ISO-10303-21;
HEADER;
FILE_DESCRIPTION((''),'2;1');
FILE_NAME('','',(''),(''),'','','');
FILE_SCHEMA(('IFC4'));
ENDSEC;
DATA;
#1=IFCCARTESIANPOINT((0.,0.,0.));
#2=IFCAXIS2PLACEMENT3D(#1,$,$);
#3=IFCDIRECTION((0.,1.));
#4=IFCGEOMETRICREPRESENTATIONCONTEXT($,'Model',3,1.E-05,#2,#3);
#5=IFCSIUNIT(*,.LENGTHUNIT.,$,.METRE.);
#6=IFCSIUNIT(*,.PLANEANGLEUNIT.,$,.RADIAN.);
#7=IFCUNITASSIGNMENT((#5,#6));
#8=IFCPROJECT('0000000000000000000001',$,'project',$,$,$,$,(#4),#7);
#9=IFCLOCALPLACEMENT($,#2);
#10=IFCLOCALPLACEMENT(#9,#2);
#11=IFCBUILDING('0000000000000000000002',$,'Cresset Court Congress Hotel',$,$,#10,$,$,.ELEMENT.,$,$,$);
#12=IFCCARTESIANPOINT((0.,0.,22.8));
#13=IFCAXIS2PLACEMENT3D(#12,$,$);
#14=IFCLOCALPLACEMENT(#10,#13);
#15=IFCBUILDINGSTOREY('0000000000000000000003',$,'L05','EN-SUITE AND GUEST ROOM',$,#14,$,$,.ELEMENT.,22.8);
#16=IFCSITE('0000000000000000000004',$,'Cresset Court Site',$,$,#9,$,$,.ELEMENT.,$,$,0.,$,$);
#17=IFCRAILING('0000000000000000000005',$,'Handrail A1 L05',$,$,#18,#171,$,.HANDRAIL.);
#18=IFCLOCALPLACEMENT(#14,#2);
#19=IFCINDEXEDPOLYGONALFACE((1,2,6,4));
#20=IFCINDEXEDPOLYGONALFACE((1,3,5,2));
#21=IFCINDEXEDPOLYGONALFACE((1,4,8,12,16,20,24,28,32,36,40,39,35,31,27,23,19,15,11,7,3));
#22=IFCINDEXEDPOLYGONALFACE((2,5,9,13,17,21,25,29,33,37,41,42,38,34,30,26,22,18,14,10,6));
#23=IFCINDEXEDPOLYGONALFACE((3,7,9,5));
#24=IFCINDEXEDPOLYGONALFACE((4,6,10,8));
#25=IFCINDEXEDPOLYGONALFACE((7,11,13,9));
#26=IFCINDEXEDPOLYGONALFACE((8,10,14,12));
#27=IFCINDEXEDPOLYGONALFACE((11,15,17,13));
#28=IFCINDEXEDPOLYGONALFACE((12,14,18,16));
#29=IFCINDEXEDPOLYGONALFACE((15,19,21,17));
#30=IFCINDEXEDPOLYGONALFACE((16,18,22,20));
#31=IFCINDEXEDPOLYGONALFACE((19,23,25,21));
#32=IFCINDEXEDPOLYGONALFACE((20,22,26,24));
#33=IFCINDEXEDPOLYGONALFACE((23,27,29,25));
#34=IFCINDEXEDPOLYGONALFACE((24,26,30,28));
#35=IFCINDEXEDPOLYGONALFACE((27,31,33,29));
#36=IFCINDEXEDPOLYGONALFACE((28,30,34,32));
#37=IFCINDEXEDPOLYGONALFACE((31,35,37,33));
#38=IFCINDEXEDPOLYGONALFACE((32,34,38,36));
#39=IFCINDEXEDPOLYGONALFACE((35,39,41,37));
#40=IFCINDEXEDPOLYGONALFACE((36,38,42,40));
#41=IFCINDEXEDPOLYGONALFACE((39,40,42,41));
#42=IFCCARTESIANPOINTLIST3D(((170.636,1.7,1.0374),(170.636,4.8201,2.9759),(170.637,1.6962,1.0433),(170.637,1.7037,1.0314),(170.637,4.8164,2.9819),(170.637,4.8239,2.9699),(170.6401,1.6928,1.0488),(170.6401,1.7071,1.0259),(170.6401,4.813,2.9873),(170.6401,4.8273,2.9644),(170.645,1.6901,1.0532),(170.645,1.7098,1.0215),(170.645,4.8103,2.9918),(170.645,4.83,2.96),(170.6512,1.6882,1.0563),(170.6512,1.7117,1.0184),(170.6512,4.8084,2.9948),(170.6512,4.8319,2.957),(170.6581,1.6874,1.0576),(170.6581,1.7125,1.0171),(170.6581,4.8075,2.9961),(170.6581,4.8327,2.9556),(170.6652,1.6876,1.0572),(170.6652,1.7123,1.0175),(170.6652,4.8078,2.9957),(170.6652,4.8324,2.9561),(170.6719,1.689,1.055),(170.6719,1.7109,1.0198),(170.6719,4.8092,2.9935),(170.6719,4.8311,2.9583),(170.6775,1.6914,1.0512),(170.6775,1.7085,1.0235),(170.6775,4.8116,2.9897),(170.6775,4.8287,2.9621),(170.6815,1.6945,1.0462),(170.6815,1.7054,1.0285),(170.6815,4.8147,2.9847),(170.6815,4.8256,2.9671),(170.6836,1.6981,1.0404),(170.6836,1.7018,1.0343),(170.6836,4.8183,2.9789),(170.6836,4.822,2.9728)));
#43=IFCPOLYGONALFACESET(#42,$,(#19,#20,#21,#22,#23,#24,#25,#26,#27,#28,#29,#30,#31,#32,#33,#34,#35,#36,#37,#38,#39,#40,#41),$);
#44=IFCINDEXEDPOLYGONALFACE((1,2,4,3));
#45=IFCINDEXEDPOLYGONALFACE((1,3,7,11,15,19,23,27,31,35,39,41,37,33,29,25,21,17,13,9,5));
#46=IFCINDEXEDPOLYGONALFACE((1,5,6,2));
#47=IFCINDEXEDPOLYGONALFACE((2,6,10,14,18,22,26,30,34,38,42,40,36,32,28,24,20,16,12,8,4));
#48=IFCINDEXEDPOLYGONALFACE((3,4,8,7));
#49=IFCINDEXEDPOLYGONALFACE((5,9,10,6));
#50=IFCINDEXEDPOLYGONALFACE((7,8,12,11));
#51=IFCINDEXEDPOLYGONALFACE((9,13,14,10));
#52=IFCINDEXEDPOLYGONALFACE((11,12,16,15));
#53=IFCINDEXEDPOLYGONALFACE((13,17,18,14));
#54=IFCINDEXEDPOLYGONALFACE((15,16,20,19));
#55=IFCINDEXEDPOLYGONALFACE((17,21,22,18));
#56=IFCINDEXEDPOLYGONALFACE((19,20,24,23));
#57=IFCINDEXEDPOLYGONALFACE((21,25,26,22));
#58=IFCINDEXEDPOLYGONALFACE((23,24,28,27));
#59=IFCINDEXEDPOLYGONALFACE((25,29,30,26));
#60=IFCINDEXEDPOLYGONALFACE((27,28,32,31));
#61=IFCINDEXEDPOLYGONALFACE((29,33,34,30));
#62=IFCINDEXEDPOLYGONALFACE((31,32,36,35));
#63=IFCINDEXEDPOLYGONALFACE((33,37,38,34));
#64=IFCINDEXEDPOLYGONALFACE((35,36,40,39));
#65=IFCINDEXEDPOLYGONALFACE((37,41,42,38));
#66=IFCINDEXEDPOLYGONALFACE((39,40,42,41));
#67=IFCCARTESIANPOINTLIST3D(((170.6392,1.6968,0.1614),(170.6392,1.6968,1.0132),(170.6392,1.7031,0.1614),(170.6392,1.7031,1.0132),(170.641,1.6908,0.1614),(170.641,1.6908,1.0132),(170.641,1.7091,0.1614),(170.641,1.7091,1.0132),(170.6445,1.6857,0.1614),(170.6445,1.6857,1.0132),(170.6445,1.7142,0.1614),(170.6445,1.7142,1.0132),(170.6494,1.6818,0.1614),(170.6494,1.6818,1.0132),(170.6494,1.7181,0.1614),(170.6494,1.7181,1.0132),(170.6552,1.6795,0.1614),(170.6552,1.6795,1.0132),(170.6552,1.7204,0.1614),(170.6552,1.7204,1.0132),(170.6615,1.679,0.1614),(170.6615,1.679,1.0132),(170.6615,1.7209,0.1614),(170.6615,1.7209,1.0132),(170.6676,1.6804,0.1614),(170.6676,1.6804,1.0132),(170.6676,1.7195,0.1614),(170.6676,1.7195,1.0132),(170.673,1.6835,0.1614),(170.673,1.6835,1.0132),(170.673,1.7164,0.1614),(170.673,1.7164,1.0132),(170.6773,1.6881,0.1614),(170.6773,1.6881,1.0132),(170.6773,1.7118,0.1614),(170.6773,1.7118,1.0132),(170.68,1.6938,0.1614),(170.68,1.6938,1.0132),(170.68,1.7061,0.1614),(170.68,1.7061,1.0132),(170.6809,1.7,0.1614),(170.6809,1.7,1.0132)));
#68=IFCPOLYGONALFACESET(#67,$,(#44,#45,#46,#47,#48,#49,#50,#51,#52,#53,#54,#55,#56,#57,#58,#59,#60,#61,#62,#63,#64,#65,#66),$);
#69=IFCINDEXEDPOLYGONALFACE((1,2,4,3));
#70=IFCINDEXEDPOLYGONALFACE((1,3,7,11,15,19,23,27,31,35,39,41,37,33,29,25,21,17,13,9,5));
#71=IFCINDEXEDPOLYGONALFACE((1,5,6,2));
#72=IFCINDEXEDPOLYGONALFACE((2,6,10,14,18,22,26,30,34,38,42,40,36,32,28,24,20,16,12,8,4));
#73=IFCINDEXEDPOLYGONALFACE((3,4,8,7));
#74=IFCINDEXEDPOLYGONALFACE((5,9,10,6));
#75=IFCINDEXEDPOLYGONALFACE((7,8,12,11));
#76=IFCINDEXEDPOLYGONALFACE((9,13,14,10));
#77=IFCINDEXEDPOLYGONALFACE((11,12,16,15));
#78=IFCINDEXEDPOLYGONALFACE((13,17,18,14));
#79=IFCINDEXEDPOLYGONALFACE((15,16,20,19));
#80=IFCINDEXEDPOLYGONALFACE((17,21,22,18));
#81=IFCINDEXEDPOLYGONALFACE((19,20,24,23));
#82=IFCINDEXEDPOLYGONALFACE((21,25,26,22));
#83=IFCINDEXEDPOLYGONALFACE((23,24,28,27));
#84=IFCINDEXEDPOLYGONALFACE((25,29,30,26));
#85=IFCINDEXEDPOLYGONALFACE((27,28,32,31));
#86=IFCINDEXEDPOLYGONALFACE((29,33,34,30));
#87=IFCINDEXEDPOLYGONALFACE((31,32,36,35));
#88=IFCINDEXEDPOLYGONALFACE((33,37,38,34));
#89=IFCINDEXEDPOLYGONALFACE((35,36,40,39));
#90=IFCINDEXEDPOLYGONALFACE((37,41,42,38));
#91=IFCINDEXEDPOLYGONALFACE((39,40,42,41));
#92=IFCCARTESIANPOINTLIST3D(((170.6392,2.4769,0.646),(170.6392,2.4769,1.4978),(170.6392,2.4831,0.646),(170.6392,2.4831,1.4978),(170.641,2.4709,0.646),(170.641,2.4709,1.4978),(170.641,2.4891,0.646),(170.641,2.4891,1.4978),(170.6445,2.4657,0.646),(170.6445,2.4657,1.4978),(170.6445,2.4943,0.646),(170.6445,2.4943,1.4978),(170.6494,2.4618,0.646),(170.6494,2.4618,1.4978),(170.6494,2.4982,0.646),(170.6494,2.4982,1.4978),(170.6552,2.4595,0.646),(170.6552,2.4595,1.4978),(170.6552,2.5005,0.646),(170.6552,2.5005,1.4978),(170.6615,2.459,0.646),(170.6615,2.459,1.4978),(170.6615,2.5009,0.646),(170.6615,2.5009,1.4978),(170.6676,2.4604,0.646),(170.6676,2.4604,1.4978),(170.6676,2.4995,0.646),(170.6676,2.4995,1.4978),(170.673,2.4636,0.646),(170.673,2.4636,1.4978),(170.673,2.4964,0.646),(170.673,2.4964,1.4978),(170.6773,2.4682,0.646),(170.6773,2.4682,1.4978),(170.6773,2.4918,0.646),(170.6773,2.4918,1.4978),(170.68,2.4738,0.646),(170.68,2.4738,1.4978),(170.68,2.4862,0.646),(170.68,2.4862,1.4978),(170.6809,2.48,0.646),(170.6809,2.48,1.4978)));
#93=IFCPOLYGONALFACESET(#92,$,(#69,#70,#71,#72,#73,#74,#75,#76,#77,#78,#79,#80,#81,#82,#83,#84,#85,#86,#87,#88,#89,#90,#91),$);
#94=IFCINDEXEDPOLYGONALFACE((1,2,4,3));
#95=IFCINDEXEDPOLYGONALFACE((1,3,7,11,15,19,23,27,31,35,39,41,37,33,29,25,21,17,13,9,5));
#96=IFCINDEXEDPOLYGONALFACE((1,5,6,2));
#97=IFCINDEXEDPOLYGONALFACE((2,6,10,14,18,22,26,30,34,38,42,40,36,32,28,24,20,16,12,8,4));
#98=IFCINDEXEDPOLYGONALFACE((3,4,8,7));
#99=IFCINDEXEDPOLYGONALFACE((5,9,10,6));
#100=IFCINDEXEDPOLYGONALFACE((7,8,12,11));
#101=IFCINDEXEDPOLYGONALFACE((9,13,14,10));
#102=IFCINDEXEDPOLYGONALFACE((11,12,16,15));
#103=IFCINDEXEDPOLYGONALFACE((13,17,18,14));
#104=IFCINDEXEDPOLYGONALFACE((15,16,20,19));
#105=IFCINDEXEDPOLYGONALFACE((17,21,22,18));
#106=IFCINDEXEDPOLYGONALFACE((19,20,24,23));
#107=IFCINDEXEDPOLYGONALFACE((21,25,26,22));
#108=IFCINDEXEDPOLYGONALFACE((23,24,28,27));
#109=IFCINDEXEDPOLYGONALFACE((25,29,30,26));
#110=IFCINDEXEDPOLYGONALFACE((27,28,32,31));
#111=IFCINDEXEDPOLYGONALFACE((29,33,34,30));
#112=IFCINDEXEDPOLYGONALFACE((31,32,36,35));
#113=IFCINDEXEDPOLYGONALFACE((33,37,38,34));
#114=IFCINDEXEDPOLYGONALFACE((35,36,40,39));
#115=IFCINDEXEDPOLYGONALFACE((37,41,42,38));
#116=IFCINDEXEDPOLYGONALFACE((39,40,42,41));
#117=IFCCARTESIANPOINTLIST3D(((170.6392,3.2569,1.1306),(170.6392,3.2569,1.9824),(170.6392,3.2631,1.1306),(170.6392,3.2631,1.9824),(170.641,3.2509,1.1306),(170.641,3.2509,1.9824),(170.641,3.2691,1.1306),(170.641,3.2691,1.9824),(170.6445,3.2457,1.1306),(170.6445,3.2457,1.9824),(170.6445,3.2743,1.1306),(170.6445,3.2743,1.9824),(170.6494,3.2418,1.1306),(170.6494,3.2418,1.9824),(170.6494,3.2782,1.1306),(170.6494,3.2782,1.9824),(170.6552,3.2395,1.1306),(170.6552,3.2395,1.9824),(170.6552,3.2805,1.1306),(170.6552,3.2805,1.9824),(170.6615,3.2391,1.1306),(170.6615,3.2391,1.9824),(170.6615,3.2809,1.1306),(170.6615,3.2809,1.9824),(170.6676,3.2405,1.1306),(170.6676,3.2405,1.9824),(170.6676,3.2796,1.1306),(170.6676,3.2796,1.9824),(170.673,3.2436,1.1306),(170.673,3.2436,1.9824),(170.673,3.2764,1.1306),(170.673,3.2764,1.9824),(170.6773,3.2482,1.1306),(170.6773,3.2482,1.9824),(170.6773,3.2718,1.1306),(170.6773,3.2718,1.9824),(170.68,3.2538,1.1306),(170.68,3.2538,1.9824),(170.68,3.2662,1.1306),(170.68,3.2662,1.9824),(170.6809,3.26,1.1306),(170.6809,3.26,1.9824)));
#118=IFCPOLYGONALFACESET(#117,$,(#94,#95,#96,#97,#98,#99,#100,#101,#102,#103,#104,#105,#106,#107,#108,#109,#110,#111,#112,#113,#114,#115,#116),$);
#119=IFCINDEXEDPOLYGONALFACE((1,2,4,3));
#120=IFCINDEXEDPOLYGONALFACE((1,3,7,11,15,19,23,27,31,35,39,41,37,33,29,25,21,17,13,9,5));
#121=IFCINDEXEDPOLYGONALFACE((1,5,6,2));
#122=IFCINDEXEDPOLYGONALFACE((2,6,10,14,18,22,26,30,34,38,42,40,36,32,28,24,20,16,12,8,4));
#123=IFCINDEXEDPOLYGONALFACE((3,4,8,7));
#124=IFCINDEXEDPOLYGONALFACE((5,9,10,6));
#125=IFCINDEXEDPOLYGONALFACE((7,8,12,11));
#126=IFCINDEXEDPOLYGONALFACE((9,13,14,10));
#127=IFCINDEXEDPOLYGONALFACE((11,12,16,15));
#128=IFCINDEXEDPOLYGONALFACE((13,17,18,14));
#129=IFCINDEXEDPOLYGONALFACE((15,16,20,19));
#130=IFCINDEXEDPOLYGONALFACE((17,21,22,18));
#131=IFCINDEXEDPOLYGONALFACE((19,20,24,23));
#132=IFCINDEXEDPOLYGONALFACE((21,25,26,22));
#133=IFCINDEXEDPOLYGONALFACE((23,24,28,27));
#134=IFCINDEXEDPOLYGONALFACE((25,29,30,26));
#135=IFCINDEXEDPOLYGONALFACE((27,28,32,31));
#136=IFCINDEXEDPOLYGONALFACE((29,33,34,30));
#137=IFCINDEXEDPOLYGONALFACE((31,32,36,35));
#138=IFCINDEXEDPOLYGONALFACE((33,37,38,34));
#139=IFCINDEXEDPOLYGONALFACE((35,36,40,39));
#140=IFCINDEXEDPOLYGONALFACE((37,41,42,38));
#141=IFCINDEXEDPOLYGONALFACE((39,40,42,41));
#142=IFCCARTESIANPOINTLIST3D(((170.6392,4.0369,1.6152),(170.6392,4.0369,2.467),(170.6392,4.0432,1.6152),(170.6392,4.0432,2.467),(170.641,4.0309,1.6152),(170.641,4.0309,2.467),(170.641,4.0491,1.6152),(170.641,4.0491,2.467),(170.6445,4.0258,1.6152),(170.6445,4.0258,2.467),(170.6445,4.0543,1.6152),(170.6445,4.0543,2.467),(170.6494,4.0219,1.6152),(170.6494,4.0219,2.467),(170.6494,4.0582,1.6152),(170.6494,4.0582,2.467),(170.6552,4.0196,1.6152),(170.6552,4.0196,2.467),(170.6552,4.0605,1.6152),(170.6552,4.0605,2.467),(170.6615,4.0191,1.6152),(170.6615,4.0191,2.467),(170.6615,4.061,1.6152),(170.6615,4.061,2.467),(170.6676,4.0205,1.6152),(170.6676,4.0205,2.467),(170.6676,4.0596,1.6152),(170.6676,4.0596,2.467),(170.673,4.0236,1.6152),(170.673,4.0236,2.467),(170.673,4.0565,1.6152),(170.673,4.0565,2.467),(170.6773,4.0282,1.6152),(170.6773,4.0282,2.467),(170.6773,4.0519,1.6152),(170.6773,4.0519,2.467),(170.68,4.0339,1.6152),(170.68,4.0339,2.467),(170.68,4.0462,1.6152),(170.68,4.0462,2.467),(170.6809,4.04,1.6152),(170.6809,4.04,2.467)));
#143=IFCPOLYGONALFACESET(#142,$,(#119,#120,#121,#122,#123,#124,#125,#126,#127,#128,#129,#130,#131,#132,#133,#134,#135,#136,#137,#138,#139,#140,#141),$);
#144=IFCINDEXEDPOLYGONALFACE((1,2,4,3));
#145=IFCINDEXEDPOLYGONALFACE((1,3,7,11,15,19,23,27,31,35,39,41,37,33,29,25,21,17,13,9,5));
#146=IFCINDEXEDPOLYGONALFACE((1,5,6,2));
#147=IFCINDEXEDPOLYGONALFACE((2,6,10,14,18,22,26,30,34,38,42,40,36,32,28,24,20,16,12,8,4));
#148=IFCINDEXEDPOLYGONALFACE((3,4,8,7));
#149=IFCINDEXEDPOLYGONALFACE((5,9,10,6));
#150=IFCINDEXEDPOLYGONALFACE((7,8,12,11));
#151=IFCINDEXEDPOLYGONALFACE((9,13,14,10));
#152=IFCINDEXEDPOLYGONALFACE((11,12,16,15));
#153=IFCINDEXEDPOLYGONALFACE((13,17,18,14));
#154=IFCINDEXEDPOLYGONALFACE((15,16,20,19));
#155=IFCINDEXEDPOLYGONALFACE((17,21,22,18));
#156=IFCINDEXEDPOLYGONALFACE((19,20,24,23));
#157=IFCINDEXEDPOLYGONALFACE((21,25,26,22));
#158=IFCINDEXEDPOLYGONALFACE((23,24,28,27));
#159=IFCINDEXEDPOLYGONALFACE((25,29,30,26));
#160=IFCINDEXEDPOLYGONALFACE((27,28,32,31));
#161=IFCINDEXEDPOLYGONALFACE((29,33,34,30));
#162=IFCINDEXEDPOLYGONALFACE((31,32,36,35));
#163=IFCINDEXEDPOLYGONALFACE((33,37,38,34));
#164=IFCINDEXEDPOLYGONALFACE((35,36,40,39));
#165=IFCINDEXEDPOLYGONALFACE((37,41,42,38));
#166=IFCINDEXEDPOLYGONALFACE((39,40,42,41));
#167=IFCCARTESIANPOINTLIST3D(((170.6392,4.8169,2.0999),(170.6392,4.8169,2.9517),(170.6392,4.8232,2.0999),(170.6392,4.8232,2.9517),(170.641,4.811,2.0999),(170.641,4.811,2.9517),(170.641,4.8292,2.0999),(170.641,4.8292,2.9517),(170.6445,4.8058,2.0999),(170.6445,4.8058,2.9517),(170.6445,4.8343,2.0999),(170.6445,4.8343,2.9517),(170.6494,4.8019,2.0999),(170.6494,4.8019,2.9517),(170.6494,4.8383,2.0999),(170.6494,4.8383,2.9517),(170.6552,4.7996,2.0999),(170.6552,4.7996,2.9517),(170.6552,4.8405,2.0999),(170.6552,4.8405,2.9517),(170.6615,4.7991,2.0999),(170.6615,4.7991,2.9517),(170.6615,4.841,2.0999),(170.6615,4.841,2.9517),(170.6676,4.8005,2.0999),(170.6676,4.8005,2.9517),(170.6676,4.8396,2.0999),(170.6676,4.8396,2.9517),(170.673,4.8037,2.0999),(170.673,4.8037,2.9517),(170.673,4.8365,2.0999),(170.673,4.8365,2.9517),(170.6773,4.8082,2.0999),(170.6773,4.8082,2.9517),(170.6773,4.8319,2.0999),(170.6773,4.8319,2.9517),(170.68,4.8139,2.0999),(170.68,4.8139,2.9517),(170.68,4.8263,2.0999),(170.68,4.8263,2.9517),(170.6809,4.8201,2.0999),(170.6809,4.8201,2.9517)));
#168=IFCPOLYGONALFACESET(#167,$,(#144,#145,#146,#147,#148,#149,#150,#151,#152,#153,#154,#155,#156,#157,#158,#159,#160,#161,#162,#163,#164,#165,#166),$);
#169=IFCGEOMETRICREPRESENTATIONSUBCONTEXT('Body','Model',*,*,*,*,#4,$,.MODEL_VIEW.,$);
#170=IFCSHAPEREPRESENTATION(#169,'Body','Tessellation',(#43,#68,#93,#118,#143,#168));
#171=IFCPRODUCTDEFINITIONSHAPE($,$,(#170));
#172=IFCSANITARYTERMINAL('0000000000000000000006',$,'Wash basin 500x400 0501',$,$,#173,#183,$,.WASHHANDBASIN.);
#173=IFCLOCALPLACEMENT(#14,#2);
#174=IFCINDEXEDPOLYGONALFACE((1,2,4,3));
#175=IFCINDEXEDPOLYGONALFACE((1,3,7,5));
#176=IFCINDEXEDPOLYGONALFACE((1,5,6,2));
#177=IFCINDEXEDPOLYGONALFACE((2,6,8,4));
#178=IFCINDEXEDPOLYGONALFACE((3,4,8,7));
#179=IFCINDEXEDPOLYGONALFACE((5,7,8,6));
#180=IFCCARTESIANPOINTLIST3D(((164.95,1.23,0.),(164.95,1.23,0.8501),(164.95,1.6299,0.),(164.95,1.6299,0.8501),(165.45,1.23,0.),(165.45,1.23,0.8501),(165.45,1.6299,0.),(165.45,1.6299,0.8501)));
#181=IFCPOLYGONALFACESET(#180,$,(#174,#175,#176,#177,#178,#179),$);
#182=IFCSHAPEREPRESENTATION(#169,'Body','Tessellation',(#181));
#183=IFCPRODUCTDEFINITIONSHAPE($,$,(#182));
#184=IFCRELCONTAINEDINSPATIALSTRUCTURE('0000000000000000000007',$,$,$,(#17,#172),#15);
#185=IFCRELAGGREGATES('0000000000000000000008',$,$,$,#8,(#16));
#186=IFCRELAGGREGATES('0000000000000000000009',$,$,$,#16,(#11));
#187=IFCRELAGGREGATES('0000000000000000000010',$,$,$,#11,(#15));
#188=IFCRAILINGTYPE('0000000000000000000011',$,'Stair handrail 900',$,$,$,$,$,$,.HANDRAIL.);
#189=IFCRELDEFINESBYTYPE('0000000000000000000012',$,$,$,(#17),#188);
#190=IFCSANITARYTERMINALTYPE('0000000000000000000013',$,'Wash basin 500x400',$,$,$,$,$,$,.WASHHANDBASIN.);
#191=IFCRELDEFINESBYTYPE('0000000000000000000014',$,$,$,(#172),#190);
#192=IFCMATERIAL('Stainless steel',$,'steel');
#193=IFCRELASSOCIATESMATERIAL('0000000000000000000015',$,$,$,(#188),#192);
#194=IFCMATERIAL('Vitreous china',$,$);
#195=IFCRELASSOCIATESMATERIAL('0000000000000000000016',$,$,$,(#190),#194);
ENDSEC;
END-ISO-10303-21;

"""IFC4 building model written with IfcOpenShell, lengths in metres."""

from ifc_helpers import new_model, si_unit, direction, frame, origin, origin_2d, place, context, subcontext, project, spatial, rectangle, circle, extrude, material, type_object, element, save


model = new_model("IFC4")

# Units and contexts
model_context = context("Model", 3, precision=1e-05, world=origin(), true_north=direction((0.0, 1.0)))
body_context = subcontext(model_context, "Body", "Model", "MODEL_VIEW")
ifc_project = project(units=[si_unit("LENGTHUNIT", "METRE"), si_unit("PLANEANGLEUNIT", "RADIAN")], contexts=[model_context])

# Site, building, storey
site_placement = place(None, origin())
site = spatial("IfcSite", under=ifc_project, at=site_placement, Name="Cresset Court Site", CompositionType="ELEMENT", RefElevation=0.0)
building_placement = place(site_placement, origin())
building = spatial("IfcBuilding", under=site, at=building_placement, Name="Cresset Court Congress Hotel", CompositionType="ELEMENT")
storey_placement = place(building_placement, frame((0.0, 0.0, 22.8)))
storey = spatial("IfcBuildingStorey", under=building, at=storey_placement, Name="L05", Description="EN-SUITE AND GUEST ROOM", CompositionType="ELEMENT", Elevation=22.8)

# Railing
ifc_material_1 = material(Name="Stainless steel", Category="steel")
railing_type = type_object("IfcRailingType", Name="Stair handrail 900", PredefinedType="HANDRAIL", material=ifc_material_1)
railing_placement = place(storey_placement, frame((170.6599, 1.7, 0.1614)))
element("IfcRailing", 1, at=railing_placement, inside=storey, type_object=railing_type, Name="Handrail A1 L05", PredefinedType="HANDRAIL", context=body_context, shape_type="SweptSolid", body=[
    extrude(circle(Radius=0.0239, at=origin_2d()), frame((0.0, 0.0, 0.876), z_axis=(0.0, 0.849414, 0.527727), x_axis=(-1.0, 0.0, 0.0)), (0.0, 0.0, 1.0), 3.6733),
    extrude(circle(Radius=0.021, at=origin_2d()), origin(), (0.0, 0.0, 1.0), 0.8518),
    extrude(circle(Radius=0.021, at=origin_2d()), frame((0.0, 0.78, 0.4846)), (0.0, 0.0, 1.0), 0.8518),
    extrude(circle(Radius=0.021, at=origin_2d()), frame((0.0, 1.5601, 0.9692)), (0.0, 0.0, 1.0), 0.8518),
    extrude(circle(Radius=0.021, at=origin_2d()), frame((0.0, 2.3401, 1.4539)), (0.0, 0.0, 1.0), 0.8518),
    extrude(circle(Radius=0.021, at=origin_2d()), frame((0.0, 3.1201, 1.9385)), (0.0, 0.0, 1.0), 0.8518),
])

# Sanitary terminal
ifc_material_2 = material(Name="Vitreous china")
sanitary_terminal_type = type_object("IfcSanitaryTerminalType", Name="Wash basin 500x400", PredefinedType="WASHHANDBASIN", material=ifc_material_2)
sanitary_terminal_placement = place(storey_placement, frame((165.2, 1.4299, 0.0), z_axis=(0.0, 0.0, 1.0), x_axis=(1.0, 0.0, 0.0)))
element("IfcSanitaryTerminal", 2, at=sanitary_terminal_placement, inside=storey, type_object=sanitary_terminal_type, Name="Wash basin 500x400 0501", PredefinedType="WASHHANDBASIN", context=body_context, shape_type="SweptSolid", body=[
    extrude(rectangle(XDim=0.5, YDim=0.3999, at=origin_2d()), origin(), (0.0, 0.0, 1.0), 0.8501),
])

save(model, "model.ifc")
